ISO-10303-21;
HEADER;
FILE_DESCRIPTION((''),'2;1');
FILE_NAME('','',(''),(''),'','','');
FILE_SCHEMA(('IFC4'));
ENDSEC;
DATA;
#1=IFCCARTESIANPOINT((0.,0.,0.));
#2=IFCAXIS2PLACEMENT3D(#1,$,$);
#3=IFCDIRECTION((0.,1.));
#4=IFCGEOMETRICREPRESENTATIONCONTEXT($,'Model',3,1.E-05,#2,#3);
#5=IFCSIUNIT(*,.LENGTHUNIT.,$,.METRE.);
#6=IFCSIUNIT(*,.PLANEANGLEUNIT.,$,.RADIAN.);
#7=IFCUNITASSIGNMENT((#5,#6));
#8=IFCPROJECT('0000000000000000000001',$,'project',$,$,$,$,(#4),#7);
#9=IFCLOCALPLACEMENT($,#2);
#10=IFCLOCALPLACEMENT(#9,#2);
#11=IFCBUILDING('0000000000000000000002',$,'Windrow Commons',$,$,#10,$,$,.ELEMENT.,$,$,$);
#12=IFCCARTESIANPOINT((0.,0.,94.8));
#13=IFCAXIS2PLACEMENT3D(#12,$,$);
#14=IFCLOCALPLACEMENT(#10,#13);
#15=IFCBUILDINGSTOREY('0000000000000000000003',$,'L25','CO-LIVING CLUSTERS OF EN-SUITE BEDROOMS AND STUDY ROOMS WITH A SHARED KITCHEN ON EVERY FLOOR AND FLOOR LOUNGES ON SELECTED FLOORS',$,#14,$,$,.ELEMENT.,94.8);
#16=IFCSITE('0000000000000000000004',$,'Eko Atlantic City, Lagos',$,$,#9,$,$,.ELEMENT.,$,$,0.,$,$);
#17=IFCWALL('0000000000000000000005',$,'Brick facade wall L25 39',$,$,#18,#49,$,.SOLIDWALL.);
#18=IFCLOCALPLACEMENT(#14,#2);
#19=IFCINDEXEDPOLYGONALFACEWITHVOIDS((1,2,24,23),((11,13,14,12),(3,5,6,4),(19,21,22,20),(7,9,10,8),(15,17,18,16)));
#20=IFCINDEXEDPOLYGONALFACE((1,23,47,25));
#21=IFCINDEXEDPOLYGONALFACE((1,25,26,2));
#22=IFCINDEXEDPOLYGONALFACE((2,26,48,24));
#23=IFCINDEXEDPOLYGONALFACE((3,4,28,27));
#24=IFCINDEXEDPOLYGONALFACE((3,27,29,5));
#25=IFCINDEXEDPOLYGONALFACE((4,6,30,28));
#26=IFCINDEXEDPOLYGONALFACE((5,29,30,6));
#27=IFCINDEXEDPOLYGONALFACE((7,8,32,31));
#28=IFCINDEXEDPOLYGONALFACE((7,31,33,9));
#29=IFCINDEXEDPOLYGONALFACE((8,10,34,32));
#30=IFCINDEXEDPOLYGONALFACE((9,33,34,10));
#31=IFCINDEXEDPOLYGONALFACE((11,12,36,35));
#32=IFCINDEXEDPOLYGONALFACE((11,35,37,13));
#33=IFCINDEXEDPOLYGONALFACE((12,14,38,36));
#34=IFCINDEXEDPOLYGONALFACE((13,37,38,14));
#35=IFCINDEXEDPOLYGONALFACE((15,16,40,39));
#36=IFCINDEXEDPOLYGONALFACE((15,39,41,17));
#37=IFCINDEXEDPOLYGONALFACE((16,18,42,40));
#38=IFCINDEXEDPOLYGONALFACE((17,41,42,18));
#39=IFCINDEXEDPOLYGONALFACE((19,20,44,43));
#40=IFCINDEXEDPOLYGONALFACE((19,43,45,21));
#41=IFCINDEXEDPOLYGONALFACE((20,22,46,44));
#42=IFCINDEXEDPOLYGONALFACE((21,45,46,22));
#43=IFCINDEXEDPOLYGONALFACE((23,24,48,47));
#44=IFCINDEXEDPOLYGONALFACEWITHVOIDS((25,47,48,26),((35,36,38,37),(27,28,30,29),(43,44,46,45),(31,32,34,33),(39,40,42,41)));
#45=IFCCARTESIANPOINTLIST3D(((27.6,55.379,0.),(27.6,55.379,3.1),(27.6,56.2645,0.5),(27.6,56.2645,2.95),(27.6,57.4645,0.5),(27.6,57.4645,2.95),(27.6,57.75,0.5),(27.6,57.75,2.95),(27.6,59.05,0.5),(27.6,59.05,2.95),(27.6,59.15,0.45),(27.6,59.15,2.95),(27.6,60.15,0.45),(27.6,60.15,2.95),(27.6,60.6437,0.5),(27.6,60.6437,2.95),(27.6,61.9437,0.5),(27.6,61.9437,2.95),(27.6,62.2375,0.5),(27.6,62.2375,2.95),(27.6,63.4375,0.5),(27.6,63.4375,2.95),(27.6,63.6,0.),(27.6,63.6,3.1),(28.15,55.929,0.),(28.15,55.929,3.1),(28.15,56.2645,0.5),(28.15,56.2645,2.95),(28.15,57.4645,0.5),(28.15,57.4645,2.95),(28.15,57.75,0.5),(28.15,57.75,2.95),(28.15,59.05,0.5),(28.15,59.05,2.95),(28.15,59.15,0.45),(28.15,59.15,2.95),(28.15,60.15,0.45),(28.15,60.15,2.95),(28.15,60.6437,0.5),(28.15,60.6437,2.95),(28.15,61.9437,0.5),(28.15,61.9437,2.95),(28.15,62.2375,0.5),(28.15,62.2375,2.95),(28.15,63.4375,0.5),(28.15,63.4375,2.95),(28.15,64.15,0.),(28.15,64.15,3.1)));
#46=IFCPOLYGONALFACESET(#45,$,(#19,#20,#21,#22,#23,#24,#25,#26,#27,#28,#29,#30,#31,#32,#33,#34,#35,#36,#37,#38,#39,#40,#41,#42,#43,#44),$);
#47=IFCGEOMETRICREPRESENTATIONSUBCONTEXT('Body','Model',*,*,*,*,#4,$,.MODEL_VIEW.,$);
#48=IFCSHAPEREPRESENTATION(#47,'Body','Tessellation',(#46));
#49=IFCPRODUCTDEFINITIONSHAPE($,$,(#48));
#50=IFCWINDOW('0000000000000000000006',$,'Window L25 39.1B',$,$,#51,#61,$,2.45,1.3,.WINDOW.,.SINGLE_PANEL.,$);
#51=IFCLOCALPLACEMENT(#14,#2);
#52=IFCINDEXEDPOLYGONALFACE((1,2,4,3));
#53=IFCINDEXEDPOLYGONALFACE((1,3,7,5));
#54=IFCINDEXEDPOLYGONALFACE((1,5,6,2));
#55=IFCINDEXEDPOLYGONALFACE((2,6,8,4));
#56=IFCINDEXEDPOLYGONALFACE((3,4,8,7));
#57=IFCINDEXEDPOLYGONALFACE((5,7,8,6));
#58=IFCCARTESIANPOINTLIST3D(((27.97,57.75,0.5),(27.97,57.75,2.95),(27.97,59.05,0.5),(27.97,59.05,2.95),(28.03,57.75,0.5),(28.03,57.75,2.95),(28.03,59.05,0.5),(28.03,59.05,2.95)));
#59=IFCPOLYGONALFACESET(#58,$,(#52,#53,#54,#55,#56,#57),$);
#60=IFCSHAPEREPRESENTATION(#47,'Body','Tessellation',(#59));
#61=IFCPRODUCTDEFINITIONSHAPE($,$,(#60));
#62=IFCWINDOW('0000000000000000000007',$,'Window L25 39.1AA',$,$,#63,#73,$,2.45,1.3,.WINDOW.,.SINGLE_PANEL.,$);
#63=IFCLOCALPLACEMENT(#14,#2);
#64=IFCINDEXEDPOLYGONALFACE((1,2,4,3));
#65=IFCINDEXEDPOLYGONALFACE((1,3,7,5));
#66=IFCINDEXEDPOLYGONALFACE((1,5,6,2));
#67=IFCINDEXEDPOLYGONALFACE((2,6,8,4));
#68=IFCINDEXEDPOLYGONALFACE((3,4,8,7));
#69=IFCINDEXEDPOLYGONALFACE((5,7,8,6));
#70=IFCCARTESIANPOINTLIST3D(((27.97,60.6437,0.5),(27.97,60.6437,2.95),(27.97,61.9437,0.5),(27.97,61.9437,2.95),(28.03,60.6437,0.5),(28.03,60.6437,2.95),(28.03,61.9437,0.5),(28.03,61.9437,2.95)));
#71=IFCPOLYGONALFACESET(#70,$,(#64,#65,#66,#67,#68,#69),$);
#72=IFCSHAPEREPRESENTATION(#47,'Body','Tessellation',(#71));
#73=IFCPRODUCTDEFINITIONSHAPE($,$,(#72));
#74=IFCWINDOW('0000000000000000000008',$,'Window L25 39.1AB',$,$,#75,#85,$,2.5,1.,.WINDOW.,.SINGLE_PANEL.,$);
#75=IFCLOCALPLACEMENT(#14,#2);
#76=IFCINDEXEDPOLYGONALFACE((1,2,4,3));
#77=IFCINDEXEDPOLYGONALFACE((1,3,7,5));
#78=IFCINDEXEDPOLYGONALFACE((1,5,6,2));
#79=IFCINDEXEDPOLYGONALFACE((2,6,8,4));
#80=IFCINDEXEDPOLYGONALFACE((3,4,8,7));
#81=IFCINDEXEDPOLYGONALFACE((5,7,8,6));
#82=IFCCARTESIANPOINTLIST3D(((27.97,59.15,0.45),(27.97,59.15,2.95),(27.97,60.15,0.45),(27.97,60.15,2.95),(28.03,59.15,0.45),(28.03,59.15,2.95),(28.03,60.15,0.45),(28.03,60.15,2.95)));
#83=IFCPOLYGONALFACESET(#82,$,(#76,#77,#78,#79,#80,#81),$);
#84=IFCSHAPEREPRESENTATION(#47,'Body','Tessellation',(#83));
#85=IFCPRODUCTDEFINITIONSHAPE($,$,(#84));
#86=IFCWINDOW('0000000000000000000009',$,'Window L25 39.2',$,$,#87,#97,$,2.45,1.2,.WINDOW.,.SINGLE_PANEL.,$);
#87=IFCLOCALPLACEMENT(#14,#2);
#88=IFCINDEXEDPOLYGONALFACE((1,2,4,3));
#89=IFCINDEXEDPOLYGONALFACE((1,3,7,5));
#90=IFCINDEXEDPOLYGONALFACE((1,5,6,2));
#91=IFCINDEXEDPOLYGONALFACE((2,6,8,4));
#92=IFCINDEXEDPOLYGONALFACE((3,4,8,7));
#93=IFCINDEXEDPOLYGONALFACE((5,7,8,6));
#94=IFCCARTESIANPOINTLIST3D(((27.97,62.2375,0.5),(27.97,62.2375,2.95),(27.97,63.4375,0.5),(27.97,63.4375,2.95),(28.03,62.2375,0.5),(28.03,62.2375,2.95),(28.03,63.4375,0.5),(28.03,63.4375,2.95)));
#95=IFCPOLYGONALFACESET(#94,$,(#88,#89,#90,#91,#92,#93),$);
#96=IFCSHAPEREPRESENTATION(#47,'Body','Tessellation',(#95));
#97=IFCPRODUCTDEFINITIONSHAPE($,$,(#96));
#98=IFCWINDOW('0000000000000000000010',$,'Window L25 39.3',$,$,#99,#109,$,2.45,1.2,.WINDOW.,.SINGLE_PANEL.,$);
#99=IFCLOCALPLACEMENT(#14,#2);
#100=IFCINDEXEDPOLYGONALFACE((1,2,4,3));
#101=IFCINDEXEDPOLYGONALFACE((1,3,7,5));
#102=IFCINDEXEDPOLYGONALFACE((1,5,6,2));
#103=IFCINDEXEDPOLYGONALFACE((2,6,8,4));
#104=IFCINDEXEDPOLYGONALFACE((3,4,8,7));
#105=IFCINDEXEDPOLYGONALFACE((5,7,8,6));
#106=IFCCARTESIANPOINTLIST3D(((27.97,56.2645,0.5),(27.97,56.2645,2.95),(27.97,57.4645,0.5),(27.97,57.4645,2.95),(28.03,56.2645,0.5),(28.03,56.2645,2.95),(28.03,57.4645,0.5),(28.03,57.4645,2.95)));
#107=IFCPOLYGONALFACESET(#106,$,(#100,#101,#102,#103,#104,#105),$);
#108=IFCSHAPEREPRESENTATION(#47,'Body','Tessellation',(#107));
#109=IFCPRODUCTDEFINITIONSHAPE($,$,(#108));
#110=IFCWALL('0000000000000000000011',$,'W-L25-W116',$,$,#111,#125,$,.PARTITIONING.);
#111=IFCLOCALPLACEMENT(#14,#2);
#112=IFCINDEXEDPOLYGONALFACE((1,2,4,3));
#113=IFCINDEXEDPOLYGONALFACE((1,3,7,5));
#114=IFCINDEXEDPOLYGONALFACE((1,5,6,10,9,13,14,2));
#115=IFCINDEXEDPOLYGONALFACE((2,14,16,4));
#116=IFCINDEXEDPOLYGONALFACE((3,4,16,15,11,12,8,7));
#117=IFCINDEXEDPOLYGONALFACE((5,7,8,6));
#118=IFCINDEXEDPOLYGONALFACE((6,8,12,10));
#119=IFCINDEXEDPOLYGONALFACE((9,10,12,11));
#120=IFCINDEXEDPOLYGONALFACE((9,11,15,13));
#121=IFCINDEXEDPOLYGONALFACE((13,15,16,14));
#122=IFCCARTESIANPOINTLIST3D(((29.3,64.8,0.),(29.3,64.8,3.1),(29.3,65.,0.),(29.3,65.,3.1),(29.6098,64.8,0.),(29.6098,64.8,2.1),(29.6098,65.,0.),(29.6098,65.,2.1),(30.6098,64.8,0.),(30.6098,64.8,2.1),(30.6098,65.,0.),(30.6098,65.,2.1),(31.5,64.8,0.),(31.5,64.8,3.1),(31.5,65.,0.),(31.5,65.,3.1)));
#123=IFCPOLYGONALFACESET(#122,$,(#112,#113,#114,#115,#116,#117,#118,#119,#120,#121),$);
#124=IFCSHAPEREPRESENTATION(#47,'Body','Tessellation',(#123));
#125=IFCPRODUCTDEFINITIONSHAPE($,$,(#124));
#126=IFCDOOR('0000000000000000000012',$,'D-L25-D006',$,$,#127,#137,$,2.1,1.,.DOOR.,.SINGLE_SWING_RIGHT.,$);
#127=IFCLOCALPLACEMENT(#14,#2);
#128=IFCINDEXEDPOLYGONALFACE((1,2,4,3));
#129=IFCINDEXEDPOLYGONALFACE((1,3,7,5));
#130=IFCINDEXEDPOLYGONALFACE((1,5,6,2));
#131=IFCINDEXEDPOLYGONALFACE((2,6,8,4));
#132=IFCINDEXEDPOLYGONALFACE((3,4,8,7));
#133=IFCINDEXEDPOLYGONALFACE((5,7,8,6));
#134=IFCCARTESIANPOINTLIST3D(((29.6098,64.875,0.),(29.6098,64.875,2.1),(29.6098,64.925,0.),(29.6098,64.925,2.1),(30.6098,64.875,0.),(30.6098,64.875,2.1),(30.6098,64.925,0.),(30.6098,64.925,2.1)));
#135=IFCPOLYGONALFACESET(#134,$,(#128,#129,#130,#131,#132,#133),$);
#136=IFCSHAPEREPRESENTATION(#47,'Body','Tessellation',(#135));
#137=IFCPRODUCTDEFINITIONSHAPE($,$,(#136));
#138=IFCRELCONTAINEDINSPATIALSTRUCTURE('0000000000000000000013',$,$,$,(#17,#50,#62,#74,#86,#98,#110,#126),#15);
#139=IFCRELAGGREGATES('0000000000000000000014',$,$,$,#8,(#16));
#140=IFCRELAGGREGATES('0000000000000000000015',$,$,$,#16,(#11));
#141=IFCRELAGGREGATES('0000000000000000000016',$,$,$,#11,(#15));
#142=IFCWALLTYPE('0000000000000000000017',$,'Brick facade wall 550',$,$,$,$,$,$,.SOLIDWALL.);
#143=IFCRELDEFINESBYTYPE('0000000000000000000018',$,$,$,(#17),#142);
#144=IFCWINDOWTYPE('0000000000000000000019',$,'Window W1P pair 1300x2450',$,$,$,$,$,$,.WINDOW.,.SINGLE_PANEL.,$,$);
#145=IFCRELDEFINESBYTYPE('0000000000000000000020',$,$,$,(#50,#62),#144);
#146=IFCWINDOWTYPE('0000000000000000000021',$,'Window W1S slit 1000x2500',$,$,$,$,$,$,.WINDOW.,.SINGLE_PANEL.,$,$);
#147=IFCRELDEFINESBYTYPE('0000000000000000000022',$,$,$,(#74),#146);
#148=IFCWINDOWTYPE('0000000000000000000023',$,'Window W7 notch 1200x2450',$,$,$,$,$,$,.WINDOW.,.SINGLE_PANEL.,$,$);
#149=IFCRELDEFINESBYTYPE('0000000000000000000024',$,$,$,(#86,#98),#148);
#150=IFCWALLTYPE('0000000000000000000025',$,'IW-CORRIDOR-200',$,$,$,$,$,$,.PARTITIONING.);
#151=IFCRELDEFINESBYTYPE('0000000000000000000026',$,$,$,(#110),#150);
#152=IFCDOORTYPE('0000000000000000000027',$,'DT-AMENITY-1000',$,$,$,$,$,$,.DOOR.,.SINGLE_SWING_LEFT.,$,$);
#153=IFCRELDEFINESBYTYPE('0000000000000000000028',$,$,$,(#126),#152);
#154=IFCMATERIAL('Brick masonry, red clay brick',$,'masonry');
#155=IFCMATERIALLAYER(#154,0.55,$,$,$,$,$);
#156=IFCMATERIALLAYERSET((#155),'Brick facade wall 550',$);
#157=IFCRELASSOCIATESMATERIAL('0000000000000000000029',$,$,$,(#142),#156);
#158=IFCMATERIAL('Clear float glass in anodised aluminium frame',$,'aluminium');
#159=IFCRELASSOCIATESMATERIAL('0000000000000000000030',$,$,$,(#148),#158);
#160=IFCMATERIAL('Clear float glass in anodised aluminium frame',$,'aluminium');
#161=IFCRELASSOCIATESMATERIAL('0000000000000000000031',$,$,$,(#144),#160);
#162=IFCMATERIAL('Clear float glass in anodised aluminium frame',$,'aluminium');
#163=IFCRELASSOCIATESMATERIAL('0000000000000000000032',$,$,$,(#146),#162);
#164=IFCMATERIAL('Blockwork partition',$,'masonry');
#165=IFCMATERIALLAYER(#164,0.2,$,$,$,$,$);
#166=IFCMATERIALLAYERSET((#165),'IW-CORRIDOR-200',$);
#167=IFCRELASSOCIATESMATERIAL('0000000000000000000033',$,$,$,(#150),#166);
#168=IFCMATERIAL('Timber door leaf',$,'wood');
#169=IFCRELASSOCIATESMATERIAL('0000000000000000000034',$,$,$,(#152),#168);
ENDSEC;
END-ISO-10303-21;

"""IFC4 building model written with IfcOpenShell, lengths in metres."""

from ifc_helpers import new_model, si_unit, direction, frame, frame_2d, origin, place, context, subcontext, project, spatial, polyline, rectangle, outline, extrude, material, layer, layer_set, type_object, element, fill, save


model = new_model("IFC4")

# Units and contexts
model_context = context("Model", 3, precision=1e-05, world=origin(), true_north=direction((0.0, 1.0)))
body_context = subcontext(model_context, "Body", "Model", "MODEL_VIEW")
ifc_project = project(units=[si_unit("LENGTHUNIT", "METRE"), si_unit("PLANEANGLEUNIT", "RADIAN")], contexts=[model_context])

# Site, building, storey
site_placement = place(None, origin())
site = spatial("IfcSite", under=ifc_project, at=site_placement, Name="Eko Atlantic City, Lagos", CompositionType="ELEMENT", RefElevation=0.0)
building_placement = place(site_placement, origin())
building = spatial("IfcBuilding", under=site, at=building_placement, Name="Windrow Commons", CompositionType="ELEMENT")
storey_placement = place(building_placement, frame((0.0, 0.0, 94.8)))
storey = spatial("IfcBuildingStorey", under=building, at=storey_placement, Name="L25", Description="CO-LIVING CLUSTERS OF EN-SUITE BEDROOMS AND STUDY ROOMS WITH A SHARED KITCHEN ON EVERY FLOOR AND FLOOR LOUNGES ON SELECTED FLOORS", CompositionType="ELEMENT", Elevation=94.8)

# Wall, openings, windows
ifc_material_1 = material(Name="Brick masonry, red clay brick", Category="masonry")
ifc_layer_1 = layer(ifc_material_1, 0.55)
ifc_layer_set_1 = layer_set([ifc_layer_1], Name="Brick facade wall 550")
wall_type_1 = type_object("IfcWallType", Name="Brick facade wall 550", PredefinedType="SOLIDWALL", material=ifc_layer_set_1)
ifc_material_2 = material(Name="Clear float glass in anodised aluminium frame", Category="aluminium")
window_type_1 = type_object("IfcWindowType", Name="Window W7 notch 1200x2450", PartitioningType="SINGLE_PANEL", PredefinedType="WINDOW", material=ifc_material_2)
wall_1_placement = place(storey_placement, frame((27.875, 63.875, 0.0), z_axis=(0.0, 0.0, 1.0), x_axis=(0.0, -1.0, 0.0)))
wall_1 = element("IfcWall", 1, at=wall_1_placement, inside=storey, type_object=wall_type_1, Name="Brick facade wall L25 39", PredefinedType="SOLIDWALL", context=body_context, shape_type="SweptSolid", body=[
    extrude(outline(polyline([(0.275, -0.275), (8.496, -0.275), (7.946, 0.275), (-0.275, 0.275), (0.275, -0.275)])), origin(), (0.0, 0.0, 1.0), 3.1),
])
opening_1_placement = place(wall_1_placement, frame((4.825, 0.0, 0.5)))
opening_1 = element("IfcOpeningElement", 2, at=opening_1_placement, cuts=wall_1, PredefinedType="OPENING", context=body_context, shape_type="SweptSolid", body=[
    extrude(rectangle(XDim=1.3, YDim=2.45, at=frame_2d((0.65, 1.225))), frame((0.0, 0.285, 0.0), z_axis=(0.0, -1.0, 0.0), x_axis=(1.0, 0.0, 0.0)), (0.0, 0.0, 1.0), 0.57),
])
opening_2_placement = place(wall_1_placement, frame((0.4375, 0.0, 0.5)))
opening_2 = element("IfcOpeningElement", 3, at=opening_2_placement, cuts=wall_1, PredefinedType="OPENING", context=body_context, shape_type="SweptSolid", body=[
    extrude(rectangle(XDim=1.2, YDim=2.45, at=frame_2d((0.6, 1.225))), frame((0.0, 0.285, 0.0), z_axis=(0.0, -1.0, 0.0), x_axis=(1.0, 0.0, 0.0)), (0.0, 0.0, 1.0), 0.57),
])
opening_3_placement = place(wall_1_placement, frame((6.4105, 0.0, 0.5)))
opening_3 = element("IfcOpeningElement", 4, at=opening_3_placement, cuts=wall_1, PredefinedType="OPENING", context=body_context, shape_type="SweptSolid", body=[
    extrude(rectangle(XDim=1.2, YDim=2.45, at=frame_2d((0.6, 1.225))), frame((0.0, 0.285, 0.0), z_axis=(0.0, -1.0, 0.0), x_axis=(1.0, 0.0, 0.0)), (0.0, 0.0, 1.0), 0.57),
])
opening_4_placement = place(wall_1_placement, frame((1.9313, 0.0, 0.5)))
opening_4 = element("IfcOpeningElement", 5, at=opening_4_placement, cuts=wall_1, PredefinedType="OPENING", context=body_context, shape_type="SweptSolid", body=[
    extrude(rectangle(XDim=1.3, YDim=2.45, at=frame_2d((0.65, 1.225))), frame((0.0, 0.285, 0.0), z_axis=(0.0, -1.0, 0.0), x_axis=(1.0, 0.0, 0.0)), (0.0, 0.0, 1.0), 0.57),
])
opening_5_placement = place(wall_1_placement, frame((3.725, 0.0, 0.45)))
opening_5 = element("IfcOpeningElement", 6, at=opening_5_placement, cuts=wall_1, PredefinedType="OPENING", context=body_context, shape_type="SweptSolid", body=[
    extrude(rectangle(XDim=1.0, YDim=2.5, at=frame_2d((0.5, 1.25))), frame((0.0, 0.285, 0.0), z_axis=(0.0, -1.0, 0.0), x_axis=(1.0, 0.0, 0.0)), (0.0, 0.0, 1.0), 0.57),
])
ifc_material_3 = material(Name="Clear float glass in anodised aluminium frame", Category="aluminium")
window_type_2 = type_object("IfcWindowType", Name="Window W1P pair 1300x2450", PartitioningType="SINGLE_PANEL", PredefinedType="WINDOW", material=ifc_material_3)
window_1_placement = place(opening_1_placement, origin())
window_1 = element("IfcWindow", 7, at=window_1_placement, inside=storey, type_object=window_type_2, Name="Window L25 39.1B", OverallHeight=2.45, OverallWidth=1.3, PartitioningType="SINGLE_PANEL", PredefinedType="WINDOW", context=body_context, shape_type="SweptSolid", body=[
    extrude(rectangle(XDim=1.3, YDim=2.45, at=frame_2d((0.65, 1.225))), frame((0.0, 0.155, 0.0), z_axis=(0.0, -1.0, 0.0), x_axis=(1.0, 0.0, 0.0)), (0.0, 0.0, 1.0), 0.06),
])
fill(opening_1, window_1)
window_2_placement = place(opening_4_placement, origin())
window_2 = element("IfcWindow", 8, at=window_2_placement, inside=storey, type_object=window_type_2, Name="Window L25 39.1AA", OverallHeight=2.45, OverallWidth=1.3, PartitioningType="SINGLE_PANEL", PredefinedType="WINDOW", context=body_context, shape_type="SweptSolid", body=[
    extrude(rectangle(XDim=1.3, YDim=2.45, at=frame_2d((0.65, 1.225))), frame((0.0, 0.155, 0.0), z_axis=(0.0, -1.0, 0.0), x_axis=(1.0, 0.0, 0.0)), (0.0, 0.0, 1.0), 0.06),
])
fill(opening_4, window_2)
ifc_material_4 = material(Name="Clear float glass in anodised aluminium frame", Category="aluminium")
window_type_3 = type_object("IfcWindowType", Name="Window W1S slit 1000x2500", PartitioningType="SINGLE_PANEL", PredefinedType="WINDOW", material=ifc_material_4)
window_3_placement = place(opening_5_placement, origin())
window_3 = element("IfcWindow", 9, at=window_3_placement, inside=storey, type_object=window_type_3, Name="Window L25 39.1AB", OverallHeight=2.5, OverallWidth=1.0, PartitioningType="SINGLE_PANEL", PredefinedType="WINDOW", context=body_context, shape_type="SweptSolid", body=[
    extrude(rectangle(XDim=1.0, YDim=2.5, at=frame_2d((0.5, 1.25))), frame((0.0, 0.155, 0.0), z_axis=(0.0, -1.0, 0.0), x_axis=(1.0, 0.0, 0.0)), (0.0, 0.0, 1.0), 0.06),
])
fill(opening_5, window_3)
window_4_placement = place(opening_2_placement, origin())
window_4 = element("IfcWindow", 10, at=window_4_placement, inside=storey, type_object=window_type_1, Name="Window L25 39.2", OverallHeight=2.45, OverallWidth=1.2, PartitioningType="SINGLE_PANEL", PredefinedType="WINDOW", context=body_context, shape_type="SweptSolid", body=[
    extrude(rectangle(XDim=1.2, YDim=2.45, at=frame_2d((0.6, 1.225))), frame((0.0, 0.155, 0.0), z_axis=(0.0, -1.0, 0.0), x_axis=(1.0, 0.0, 0.0)), (0.0, 0.0, 1.0), 0.06),
])
fill(opening_2, window_4)
window_5_placement = place(opening_3_placement, origin())
window_5 = element("IfcWindow", 11, at=window_5_placement, inside=storey, type_object=window_type_1, Name="Window L25 39.3", OverallHeight=2.45, OverallWidth=1.2, PartitioningType="SINGLE_PANEL", PredefinedType="WINDOW", context=body_context, shape_type="SweptSolid", body=[
    extrude(rectangle(XDim=1.2, YDim=2.45, at=frame_2d((0.6, 1.225))), frame((0.0, 0.155, 0.0), z_axis=(0.0, -1.0, 0.0), x_axis=(1.0, 0.0, 0.0)), (0.0, 0.0, 1.0), 0.06),
])
fill(opening_3, window_5)

# Wall, opening, door
ifc_material_5 = material(Name="Blockwork partition", Category="masonry")
ifc_layer_2 = layer(ifc_material_5, 0.2)
ifc_layer_set_2 = layer_set([ifc_layer_2], Name="IW-CORRIDOR-200")
wall_type_2 = type_object("IfcWallType", Name="IW-CORRIDOR-200", PredefinedType="PARTITIONING", material=ifc_layer_set_2)
wall_2_placement = place(storey_placement, frame((29.3, 64.9, 0.0), z_axis=(0.0, 0.0, 1.0), x_axis=(1.0, 0.0, 0.0)))
wall_2 = element("IfcWall", 12, at=wall_2_placement, inside=storey, type_object=wall_type_2, Name="W-L25-W116", PredefinedType="PARTITIONING", context=body_context, shape_type="SweptSolid", body=[
    extrude(rectangle(XDim=2.2, YDim=0.2, at=frame_2d((1.1, 0.0))), origin(), (0.0, 0.0, 1.0), 3.1),
])
opening_6_placement = place(wall_2_placement, frame((0.3098, 0.0, 0.0)))
opening_6 = element("IfcOpeningElement", 13, at=opening_6_placement, cuts=wall_2, PredefinedType="OPENING", context=body_context, shape_type="SweptSolid", body=[
    extrude(rectangle(XDim=1.0, YDim=2.1, at=frame_2d((0.5, 1.05))), frame((0.0, 0.11, 0.0), z_axis=(0.0, -1.0, 0.0), x_axis=(1.0, 0.0, 0.0)), (0.0, 0.0, 1.0), 0.22),
])
ifc_material_6 = material(Name="Timber door leaf", Category="wood")
door_type_1 = type_object("IfcDoorType", Name="DT-AMENITY-1000", OperationType="SINGLE_SWING_LEFT", PredefinedType="DOOR", material=ifc_material_6)
door_1_placement = place(opening_6_placement, origin())
door_1 = element("IfcDoor", 14, at=door_1_placement, inside=storey, type_object=door_type_1, Name="D-L25-D006", OperationType="SINGLE_SWING_RIGHT", OverallHeight=2.1, OverallWidth=1.0, PredefinedType="DOOR", context=body_context, shape_type="SweptSolid", body=[
    extrude(rectangle(XDim=1.0, YDim=2.1, at=frame_2d((0.5, 1.05))), frame((0.0, 0.025, 0.0), z_axis=(0.0, -1.0, 0.0), x_axis=(1.0, 0.0, 0.0)), (0.0, 0.0, 1.0), 0.05),
])
fill(opening_6, door_1)

save(model, "model.ifc")
